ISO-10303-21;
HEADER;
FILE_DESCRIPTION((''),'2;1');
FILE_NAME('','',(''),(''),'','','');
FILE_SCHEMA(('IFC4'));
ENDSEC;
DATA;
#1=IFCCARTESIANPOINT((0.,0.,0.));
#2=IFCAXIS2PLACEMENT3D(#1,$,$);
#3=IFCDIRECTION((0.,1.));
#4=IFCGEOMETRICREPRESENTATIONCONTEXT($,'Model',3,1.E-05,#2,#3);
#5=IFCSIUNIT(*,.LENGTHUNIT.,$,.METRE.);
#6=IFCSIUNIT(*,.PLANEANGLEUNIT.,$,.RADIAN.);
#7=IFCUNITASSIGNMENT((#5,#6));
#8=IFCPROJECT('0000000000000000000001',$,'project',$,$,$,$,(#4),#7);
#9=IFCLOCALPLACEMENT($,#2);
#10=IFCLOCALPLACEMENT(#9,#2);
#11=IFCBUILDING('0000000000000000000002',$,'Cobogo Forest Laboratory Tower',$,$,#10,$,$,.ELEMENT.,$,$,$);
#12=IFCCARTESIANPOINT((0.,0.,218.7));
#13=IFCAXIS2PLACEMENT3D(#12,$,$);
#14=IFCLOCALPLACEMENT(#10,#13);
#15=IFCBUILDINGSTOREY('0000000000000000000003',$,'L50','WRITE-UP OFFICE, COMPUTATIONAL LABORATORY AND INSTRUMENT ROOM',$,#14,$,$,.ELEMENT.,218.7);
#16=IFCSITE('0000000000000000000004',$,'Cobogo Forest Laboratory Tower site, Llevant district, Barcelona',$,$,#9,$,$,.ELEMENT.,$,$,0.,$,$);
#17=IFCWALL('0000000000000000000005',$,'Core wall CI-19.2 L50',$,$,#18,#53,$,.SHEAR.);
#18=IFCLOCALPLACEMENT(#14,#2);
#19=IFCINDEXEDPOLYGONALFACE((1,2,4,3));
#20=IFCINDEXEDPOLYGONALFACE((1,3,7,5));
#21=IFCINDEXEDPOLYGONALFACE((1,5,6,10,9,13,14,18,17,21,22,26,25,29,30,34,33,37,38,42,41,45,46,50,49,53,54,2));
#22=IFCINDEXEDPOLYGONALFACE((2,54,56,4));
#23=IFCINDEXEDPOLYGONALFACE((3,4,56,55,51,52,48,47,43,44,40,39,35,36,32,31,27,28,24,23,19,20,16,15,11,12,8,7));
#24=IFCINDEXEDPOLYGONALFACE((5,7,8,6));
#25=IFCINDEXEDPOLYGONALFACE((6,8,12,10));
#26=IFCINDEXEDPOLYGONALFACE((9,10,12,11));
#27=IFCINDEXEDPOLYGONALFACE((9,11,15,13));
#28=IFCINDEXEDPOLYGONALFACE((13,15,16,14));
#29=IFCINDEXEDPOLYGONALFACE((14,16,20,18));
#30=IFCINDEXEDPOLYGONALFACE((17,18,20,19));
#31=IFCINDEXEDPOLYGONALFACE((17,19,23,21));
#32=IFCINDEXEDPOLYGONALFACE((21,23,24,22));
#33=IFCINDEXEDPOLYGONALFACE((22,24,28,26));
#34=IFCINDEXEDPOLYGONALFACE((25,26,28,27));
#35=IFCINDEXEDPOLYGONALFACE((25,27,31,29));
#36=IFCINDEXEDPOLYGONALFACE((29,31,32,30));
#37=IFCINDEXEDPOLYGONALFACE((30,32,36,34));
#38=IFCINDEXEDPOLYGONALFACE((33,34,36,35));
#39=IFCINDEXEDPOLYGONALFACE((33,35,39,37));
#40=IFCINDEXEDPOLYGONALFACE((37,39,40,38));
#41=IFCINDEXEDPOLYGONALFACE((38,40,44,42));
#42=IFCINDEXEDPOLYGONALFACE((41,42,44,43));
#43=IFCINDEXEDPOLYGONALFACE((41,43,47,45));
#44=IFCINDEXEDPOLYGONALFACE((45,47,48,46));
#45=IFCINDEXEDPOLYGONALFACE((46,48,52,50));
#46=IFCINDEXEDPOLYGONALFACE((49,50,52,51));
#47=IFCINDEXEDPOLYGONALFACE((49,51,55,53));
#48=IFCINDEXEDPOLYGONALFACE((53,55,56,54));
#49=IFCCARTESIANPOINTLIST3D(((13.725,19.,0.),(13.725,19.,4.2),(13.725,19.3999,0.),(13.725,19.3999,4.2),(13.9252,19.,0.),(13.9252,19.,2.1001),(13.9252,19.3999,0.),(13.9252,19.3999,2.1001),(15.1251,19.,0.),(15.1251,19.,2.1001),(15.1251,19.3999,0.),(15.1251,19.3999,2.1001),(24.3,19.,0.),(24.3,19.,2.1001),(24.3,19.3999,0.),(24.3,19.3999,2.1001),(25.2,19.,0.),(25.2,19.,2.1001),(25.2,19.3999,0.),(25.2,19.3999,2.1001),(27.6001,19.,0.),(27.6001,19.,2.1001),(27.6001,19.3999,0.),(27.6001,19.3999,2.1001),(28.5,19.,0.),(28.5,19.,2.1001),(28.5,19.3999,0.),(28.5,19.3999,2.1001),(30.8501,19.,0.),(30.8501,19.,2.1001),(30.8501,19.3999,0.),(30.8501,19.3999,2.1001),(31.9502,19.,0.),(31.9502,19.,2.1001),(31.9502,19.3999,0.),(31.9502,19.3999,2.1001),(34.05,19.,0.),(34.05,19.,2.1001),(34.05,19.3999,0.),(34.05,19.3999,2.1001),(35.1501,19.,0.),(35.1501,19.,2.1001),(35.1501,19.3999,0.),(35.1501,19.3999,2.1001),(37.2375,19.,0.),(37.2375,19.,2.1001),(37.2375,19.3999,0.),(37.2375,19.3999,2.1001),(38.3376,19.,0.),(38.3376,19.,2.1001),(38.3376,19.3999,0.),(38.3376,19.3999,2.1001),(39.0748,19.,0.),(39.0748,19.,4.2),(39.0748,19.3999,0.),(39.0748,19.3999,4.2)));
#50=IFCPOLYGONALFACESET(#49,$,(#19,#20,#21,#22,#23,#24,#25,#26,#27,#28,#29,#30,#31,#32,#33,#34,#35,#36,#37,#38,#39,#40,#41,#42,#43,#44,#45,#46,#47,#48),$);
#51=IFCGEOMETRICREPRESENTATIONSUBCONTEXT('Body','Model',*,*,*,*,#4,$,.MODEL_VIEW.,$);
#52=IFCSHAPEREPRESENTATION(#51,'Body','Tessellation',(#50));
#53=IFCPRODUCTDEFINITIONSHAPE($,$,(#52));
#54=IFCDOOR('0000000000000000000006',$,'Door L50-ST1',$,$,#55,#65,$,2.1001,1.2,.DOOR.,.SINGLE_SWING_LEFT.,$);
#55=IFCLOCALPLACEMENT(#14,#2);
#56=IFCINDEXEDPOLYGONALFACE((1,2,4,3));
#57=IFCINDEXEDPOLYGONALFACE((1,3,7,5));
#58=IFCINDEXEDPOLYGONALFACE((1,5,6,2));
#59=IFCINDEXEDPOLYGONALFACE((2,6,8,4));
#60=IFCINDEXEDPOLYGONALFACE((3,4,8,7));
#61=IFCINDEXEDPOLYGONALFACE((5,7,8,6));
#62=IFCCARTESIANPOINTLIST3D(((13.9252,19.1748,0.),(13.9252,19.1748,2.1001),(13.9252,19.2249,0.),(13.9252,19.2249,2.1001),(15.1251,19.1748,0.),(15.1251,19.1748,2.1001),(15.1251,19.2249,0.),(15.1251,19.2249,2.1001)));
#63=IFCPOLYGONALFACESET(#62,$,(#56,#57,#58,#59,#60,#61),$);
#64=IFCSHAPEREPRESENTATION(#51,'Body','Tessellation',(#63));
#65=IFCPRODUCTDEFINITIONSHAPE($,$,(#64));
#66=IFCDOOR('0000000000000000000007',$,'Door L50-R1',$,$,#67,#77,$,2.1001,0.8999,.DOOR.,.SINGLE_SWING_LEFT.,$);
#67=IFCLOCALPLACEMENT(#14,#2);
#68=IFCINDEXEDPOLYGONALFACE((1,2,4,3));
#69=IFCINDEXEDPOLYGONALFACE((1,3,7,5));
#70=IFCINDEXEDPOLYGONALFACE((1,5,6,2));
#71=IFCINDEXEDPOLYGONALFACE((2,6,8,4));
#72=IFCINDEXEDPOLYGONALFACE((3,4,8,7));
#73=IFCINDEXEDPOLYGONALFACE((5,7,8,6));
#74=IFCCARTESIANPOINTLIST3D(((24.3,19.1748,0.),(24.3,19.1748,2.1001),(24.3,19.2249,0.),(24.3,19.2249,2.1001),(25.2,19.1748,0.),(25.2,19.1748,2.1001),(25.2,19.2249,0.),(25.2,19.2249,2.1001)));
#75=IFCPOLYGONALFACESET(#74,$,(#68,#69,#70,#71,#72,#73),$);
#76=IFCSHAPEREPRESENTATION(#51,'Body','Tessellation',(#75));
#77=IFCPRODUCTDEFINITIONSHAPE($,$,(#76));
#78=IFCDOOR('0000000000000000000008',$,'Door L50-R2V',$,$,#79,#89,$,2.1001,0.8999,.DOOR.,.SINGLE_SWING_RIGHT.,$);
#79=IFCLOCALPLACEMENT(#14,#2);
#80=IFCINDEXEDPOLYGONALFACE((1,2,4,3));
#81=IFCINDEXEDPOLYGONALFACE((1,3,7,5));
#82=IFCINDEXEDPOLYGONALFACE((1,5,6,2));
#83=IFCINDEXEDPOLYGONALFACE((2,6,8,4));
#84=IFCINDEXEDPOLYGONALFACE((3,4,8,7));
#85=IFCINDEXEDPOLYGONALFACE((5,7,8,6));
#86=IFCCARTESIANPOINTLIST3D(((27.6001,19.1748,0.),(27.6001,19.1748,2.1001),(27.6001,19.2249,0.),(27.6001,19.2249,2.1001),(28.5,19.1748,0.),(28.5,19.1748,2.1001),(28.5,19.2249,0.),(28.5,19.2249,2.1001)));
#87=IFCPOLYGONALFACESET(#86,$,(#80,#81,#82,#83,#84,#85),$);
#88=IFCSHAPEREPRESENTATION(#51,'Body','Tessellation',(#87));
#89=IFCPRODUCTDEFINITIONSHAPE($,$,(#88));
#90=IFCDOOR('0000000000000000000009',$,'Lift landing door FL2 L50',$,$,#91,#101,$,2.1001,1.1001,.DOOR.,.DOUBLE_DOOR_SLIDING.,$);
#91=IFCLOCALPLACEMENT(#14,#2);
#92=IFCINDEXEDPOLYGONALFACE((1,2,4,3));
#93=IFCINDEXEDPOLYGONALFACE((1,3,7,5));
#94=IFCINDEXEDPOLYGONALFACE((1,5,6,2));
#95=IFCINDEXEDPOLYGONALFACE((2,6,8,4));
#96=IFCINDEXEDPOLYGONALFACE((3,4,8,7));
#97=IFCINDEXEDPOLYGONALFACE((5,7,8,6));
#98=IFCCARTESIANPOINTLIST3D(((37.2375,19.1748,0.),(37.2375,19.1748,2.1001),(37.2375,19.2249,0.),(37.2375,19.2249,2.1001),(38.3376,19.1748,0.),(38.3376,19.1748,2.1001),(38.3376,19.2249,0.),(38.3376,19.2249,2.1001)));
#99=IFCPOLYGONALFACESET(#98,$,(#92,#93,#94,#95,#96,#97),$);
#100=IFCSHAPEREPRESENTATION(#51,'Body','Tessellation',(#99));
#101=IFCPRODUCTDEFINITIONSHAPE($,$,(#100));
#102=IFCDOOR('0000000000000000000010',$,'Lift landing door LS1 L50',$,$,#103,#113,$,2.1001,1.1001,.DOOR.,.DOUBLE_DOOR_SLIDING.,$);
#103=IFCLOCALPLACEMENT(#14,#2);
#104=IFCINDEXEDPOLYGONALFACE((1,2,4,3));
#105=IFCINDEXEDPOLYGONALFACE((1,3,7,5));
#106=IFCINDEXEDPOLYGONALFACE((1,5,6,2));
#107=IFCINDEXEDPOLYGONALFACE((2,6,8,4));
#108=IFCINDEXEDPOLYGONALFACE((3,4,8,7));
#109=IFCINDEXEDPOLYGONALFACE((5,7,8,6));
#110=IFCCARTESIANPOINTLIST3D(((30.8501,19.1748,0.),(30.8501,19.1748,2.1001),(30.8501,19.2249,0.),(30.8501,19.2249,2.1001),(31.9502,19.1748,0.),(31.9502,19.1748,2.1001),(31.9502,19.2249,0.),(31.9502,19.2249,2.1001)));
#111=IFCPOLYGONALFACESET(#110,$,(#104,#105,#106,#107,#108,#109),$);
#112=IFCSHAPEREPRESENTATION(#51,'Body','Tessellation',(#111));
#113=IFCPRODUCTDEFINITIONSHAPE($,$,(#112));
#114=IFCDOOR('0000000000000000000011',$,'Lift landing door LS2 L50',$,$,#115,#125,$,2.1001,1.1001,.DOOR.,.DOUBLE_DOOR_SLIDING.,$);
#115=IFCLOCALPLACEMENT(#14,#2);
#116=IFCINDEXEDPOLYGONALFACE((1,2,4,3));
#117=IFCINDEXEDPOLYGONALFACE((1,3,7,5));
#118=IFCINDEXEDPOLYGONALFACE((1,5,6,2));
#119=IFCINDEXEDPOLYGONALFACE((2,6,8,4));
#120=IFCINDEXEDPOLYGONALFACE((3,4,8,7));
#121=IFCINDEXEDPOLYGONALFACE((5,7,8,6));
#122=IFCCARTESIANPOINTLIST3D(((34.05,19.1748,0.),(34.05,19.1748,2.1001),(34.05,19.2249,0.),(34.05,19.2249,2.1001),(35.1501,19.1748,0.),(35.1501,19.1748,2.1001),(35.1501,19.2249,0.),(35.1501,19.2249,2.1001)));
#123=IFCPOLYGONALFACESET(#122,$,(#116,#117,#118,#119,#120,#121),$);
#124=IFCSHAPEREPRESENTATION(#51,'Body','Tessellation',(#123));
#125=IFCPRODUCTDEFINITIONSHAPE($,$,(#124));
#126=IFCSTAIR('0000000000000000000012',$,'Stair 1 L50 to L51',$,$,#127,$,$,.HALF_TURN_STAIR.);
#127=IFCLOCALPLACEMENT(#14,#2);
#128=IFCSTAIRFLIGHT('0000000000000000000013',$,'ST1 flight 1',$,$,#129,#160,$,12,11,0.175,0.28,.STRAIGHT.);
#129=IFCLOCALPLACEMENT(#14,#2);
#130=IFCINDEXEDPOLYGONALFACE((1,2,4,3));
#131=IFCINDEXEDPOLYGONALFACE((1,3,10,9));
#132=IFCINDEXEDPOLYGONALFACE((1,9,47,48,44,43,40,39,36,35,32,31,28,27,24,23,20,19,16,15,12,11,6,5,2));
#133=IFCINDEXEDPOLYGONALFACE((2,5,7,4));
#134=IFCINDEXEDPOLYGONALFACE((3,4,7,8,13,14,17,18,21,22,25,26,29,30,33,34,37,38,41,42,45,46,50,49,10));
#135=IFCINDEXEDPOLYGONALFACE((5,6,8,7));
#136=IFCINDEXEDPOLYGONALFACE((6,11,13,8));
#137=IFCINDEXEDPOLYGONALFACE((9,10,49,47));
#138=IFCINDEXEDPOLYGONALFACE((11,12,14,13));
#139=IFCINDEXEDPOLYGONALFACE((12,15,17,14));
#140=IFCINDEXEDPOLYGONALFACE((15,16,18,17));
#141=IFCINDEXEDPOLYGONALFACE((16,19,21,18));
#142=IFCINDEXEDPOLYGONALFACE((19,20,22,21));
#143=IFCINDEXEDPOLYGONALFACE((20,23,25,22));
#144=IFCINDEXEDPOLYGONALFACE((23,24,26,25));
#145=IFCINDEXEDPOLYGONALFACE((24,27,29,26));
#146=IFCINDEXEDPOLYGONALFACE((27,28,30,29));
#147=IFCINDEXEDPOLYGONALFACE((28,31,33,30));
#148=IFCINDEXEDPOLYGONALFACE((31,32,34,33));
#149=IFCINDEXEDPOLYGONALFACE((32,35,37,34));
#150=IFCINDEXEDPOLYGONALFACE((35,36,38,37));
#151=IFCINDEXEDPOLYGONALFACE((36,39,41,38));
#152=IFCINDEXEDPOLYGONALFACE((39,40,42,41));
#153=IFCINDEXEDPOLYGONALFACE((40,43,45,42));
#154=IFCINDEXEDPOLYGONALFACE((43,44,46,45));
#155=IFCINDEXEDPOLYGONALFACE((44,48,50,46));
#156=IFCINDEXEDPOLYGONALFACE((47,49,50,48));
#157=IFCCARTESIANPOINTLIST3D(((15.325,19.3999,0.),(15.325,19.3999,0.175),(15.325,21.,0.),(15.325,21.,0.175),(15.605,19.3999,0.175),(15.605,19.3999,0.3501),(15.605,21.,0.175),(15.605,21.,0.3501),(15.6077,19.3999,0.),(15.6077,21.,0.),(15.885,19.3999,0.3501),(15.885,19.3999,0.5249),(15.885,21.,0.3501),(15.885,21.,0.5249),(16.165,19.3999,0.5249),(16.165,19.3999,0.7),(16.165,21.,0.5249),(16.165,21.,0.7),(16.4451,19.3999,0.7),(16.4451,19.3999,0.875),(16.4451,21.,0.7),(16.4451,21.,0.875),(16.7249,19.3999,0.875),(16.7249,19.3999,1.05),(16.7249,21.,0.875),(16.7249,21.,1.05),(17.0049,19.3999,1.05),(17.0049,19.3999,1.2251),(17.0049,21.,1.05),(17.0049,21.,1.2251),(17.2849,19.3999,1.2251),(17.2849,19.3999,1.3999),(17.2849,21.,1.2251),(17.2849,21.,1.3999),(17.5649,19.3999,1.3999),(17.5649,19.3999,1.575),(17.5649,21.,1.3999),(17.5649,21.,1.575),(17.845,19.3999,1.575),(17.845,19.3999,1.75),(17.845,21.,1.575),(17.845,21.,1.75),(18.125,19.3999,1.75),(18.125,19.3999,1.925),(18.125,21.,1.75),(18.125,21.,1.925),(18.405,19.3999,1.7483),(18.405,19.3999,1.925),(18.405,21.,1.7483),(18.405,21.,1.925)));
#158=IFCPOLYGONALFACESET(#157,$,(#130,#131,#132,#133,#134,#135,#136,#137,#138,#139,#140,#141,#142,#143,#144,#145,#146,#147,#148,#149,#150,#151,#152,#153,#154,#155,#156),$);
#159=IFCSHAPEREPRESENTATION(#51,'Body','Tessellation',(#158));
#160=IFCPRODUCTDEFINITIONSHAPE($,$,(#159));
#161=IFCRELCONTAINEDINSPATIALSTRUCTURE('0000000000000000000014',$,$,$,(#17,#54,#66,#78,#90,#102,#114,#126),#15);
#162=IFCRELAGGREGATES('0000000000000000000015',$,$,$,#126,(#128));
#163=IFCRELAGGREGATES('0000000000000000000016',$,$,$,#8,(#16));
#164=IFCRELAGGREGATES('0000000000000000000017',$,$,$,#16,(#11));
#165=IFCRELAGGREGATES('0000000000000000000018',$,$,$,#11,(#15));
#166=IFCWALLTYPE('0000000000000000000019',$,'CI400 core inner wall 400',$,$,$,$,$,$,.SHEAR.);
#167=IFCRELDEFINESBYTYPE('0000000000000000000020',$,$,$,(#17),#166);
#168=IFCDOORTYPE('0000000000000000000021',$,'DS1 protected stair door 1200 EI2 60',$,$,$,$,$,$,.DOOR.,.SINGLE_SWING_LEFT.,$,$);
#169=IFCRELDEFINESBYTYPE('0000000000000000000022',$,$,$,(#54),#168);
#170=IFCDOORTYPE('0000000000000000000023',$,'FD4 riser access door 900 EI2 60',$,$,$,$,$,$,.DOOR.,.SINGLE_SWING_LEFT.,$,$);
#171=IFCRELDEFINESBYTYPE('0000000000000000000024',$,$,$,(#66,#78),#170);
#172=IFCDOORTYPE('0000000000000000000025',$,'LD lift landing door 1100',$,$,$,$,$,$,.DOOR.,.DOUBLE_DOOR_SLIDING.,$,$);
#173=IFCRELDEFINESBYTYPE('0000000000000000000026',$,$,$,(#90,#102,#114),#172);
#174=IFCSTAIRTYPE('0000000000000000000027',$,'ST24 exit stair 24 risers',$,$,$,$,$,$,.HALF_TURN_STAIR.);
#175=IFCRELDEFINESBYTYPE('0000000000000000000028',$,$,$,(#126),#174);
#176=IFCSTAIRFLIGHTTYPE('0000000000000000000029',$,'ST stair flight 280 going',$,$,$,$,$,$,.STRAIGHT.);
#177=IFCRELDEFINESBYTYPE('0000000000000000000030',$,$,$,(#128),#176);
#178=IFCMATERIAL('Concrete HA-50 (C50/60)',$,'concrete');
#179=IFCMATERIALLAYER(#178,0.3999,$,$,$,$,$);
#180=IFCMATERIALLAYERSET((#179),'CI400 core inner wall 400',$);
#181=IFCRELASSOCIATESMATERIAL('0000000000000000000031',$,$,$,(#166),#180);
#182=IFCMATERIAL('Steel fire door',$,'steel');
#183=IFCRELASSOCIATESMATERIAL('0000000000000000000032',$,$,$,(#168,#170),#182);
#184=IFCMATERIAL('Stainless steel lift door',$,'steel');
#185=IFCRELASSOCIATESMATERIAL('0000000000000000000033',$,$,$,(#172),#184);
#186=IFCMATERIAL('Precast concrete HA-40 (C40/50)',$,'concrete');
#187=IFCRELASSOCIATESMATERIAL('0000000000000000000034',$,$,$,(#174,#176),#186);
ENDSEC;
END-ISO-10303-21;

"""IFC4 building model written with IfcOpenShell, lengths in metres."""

from ifc_helpers import new_model, si_unit, direction, frame, frame_2d, origin, place, context, subcontext, project, spatial, polyline, rectangle, outline, extrude, material, layer, layer_set, type_object, element, fill, aggregate, save


model = new_model("IFC4")

# Units and contexts
model_context = context("Model", 3, precision=1e-05, world=origin(), true_north=direction((0.0, 1.0)))
body_context = subcontext(model_context, "Body", "Model", "MODEL_VIEW")
ifc_project = project(units=[si_unit("LENGTHUNIT", "METRE"), si_unit("PLANEANGLEUNIT", "RADIAN")], contexts=[model_context])

# Site, building, storey
site_placement = place(None, origin())
site = spatial("IfcSite", under=ifc_project, at=site_placement, Name="Cobogo Forest Laboratory Tower site, Llevant district, Barcelona", CompositionType="ELEMENT", RefElevation=0.0)
building_placement = place(site_placement, origin())
building = spatial("IfcBuilding", under=site, at=building_placement, Name="Cobogo Forest Laboratory Tower", CompositionType="ELEMENT")
storey_placement = place(building_placement, frame((0.0, 0.0, 218.7)))
storey = spatial("IfcBuildingStorey", under=building, at=storey_placement, Name="L50", Description="WRITE-UP OFFICE, COMPUTATIONAL LABORATORY AND INSTRUMENT ROOM", CompositionType="ELEMENT", Elevation=218.7)

# Shared definitions
ifc_material_1 = material(Name="Concrete HA-50 (C50/60)", Category="concrete")

# Wall, openings, doors
ifc_layer = layer(ifc_material_1, 0.3999)
ifc_layer_set = layer_set([ifc_layer], Name="CI400 core inner wall 400")
wall_type = type_object("IfcWallType", Name="CI400 core inner wall 400", PredefinedType="SHEAR", material=ifc_layer_set)
ifc_material_2 = material(Name="Steel fire door", Category="steel")
wall_1_placement = place(storey_placement, frame((13.7251, 19.2, 0.0), z_axis=(0.0, 0.0, 1.0), x_axis=(1.0, 0.0, 0.0)))
wall_1 = element("IfcWall", 1, at=wall_1_placement, inside=storey, type_object=wall_type, Name="Core wall CI-19.2 L50", PredefinedType="SHEAR", context=body_context, shape_type="SweptSolid", body=[
    extrude(rectangle(XDim=25.3499, YDim=0.3999, at=frame_2d((12.6748, 0.0))), origin(), (0.0, 0.0, 1.0), 4.2),
])
opening_1_placement = place(wall_1_placement, frame((10.575, 0.0, 0.0)))
opening_1 = element("IfcOpeningElement", 2, at=opening_1_placement, cuts=wall_1, PredefinedType="OPENING", context=body_context, shape_type="SweptSolid", body=[
    extrude(rectangle(XDim=0.8999, YDim=2.1001, at=frame_2d((0.45, 1.05))), frame((0.0, 0.21, 0.0), z_axis=(0.0, -1.0, 0.0), x_axis=(1.0, 0.0, 0.0)), (0.0, 0.0, 1.0), 0.4199),
])
opening_2_placement = place(wall_1_placement, frame((13.875, 0.0, 0.0)))
opening_2 = element("IfcOpeningElement", 3, at=opening_2_placement, cuts=wall_1, PredefinedType="OPENING", context=body_context, shape_type="SweptSolid", body=[
    extrude(rectangle(XDim=0.8999, YDim=2.1001, at=frame_2d((0.45, 1.05))), frame((0.0, 0.21, 0.0), z_axis=(0.0, -1.0, 0.0), x_axis=(1.0, 0.0, 0.0)), (0.0, 0.0, 1.0), 0.4199),
])
opening_3_placement = place(wall_1_placement, frame((0.2, 0.0, 0.0)))
opening_3 = element("IfcOpeningElement", 4, at=opening_3_placement, cuts=wall_1, PredefinedType="OPENING", context=body_context, shape_type="SweptSolid", body=[
    extrude(rectangle(XDim=1.2, YDim=2.1001, at=frame_2d((0.6001, 1.05))), frame((0.0, 0.21, 0.0), z_axis=(0.0, -1.0, 0.0), x_axis=(1.0, 0.0, 0.0)), (0.0, 0.0, 1.0), 0.4199),
])
opening_4_placement = place(wall_1_placement, frame((23.5125, 0.0, 0.0)))
opening_4 = element("IfcOpeningElement", 5, at=opening_4_placement, cuts=wall_1, PredefinedType="OPENING", context=body_context, shape_type="SweptSolid", body=[
    extrude(rectangle(XDim=1.1001, YDim=2.1001, at=frame_2d((0.55, 1.05))), frame((0.0, 0.21, 0.0), z_axis=(0.0, -1.0, 0.0), x_axis=(1.0, 0.0, 0.0)), (0.0, 0.0, 1.0), 0.4199),
])
opening_5_placement = place(wall_1_placement, frame((17.125, 0.0, 0.0)))
opening_5 = element("IfcOpeningElement", 6, at=opening_5_placement, cuts=wall_1, PredefinedType="OPENING", context=body_context, shape_type="SweptSolid", body=[
    extrude(rectangle(XDim=1.1001, YDim=2.1001, at=frame_2d((0.55, 1.05))), frame((0.0, 0.21, 0.0), z_axis=(0.0, -1.0, 0.0), x_axis=(1.0, 0.0, 0.0)), (0.0, 0.0, 1.0), 0.4199),
])
opening_6_placement = place(wall_1_placement, frame((20.325, 0.0, 0.0)))
opening_6 = element("IfcOpeningElement", 7, at=opening_6_placement, cuts=wall_1, PredefinedType="OPENING", context=body_context, shape_type="SweptSolid", body=[
    extrude(rectangle(XDim=1.1001, YDim=2.1001, at=frame_2d((0.55, 1.05))), frame((0.0, 0.21, 0.0), z_axis=(0.0, -1.0, 0.0), x_axis=(1.0, 0.0, 0.0)), (0.0, 0.0, 1.0), 0.4199),
])
door_type_1 = type_object("IfcDoorType", Name="DS1 protected stair door 1200 EI2 60", OperationType="SINGLE_SWING_LEFT", PredefinedType="DOOR", material=ifc_material_2)
door_1_placement = place(opening_3_placement, origin())
door_1 = element("IfcDoor", 8, at=door_1_placement, inside=storey, type_object=door_type_1, Name="Door L50-ST1", OperationType="SINGLE_SWING_LEFT", OverallHeight=2.1001, OverallWidth=1.2, PredefinedType="DOOR", context=body_context, shape_type="SweptSolid", body=[
    extrude(rectangle(XDim=1.2, YDim=2.1001, at=frame_2d((0.6001, 1.05))), frame((0.0, 0.0249, 0.0), z_axis=(0.0, -1.0, 0.0), x_axis=(1.0, 0.0, 0.0)), (0.0, 0.0, 1.0), 0.05),
])
fill(opening_3, door_1)
door_type_2 = type_object("IfcDoorType", Name="FD4 riser access door 900 EI2 60", OperationType="SINGLE_SWING_LEFT", PredefinedType="DOOR", material=ifc_material_2)
door_2_placement = place(opening_1_placement, origin())
door_2 = element("IfcDoor", 9, at=door_2_placement, inside=storey, type_object=door_type_2, Name="Door L50-R1", OperationType="SINGLE_SWING_LEFT", OverallHeight=2.1001, OverallWidth=0.8999, PredefinedType="DOOR", context=body_context, shape_type="SweptSolid", body=[
    extrude(rectangle(XDim=0.8999, YDim=2.1001, at=frame_2d((0.45, 1.05))), frame((0.0, 0.0249, 0.0), z_axis=(0.0, -1.0, 0.0), x_axis=(1.0, 0.0, 0.0)), (0.0, 0.0, 1.0), 0.05),
])
fill(opening_1, door_2)
door_3_placement = place(opening_2_placement, origin())
door_3 = element("IfcDoor", 10, at=door_3_placement, inside=storey, type_object=door_type_2, Name="Door L50-R2V", OperationType="SINGLE_SWING_RIGHT", OverallHeight=2.1001, OverallWidth=0.8999, PredefinedType="DOOR", context=body_context, shape_type="SweptSolid", body=[
    extrude(rectangle(XDim=0.8999, YDim=2.1001, at=frame_2d((0.45, 1.05))), frame((0.0, 0.0249, 0.0), z_axis=(0.0, -1.0, 0.0), x_axis=(1.0, 0.0, 0.0)), (0.0, 0.0, 1.0), 0.05),
])
fill(opening_2, door_3)
ifc_material_3 = material(Name="Stainless steel lift door", Category="steel")
door_type_3 = type_object("IfcDoorType", Name="LD lift landing door 1100", OperationType="DOUBLE_DOOR_SLIDING", PredefinedType="DOOR", material=ifc_material_3)
door_4_placement = place(opening_4_placement, origin())
door_4 = element("IfcDoor", 11, at=door_4_placement, inside=storey, type_object=door_type_3, Name="Lift landing door FL2 L50", OperationType="DOUBLE_DOOR_SLIDING", OverallHeight=2.1001, OverallWidth=1.1001, PredefinedType="DOOR", context=body_context, shape_type="SweptSolid", body=[
    extrude(rectangle(XDim=1.1001, YDim=2.1001, at=frame_2d((0.55, 1.05))), frame((0.0, 0.0249, 0.0), z_axis=(0.0, -1.0, 0.0), x_axis=(1.0, 0.0, 0.0)), (0.0, 0.0, 1.0), 0.05),
])
fill(opening_4, door_4)
door_5_placement = place(opening_5_placement, origin())
door_5 = element("IfcDoor", 12, at=door_5_placement, inside=storey, type_object=door_type_3, Name="Lift landing door LS1 L50", OperationType="DOUBLE_DOOR_SLIDING", OverallHeight=2.1001, OverallWidth=1.1001, PredefinedType="DOOR", context=body_context, shape_type="SweptSolid", body=[
    extrude(rectangle(XDim=1.1001, YDim=2.1001, at=frame_2d((0.55, 1.05))), frame((0.0, 0.0249, 0.0), z_axis=(0.0, -1.0, 0.0), x_axis=(1.0, 0.0, 0.0)), (0.0, 0.0, 1.0), 0.05),
])
fill(opening_5, door_5)
door_6_placement = place(opening_6_placement, origin())
door_6 = element("IfcDoor", 13, at=door_6_placement, inside=storey, type_object=door_type_3, Name="Lift landing door LS2 L50", OperationType="DOUBLE_DOOR_SLIDING", OverallHeight=2.1001, OverallWidth=1.1001, PredefinedType="DOOR", context=body_context, shape_type="SweptSolid", body=[
    extrude(rectangle(XDim=1.1001, YDim=2.1001, at=frame_2d((0.55, 1.05))), frame((0.0, 0.0249, 0.0), z_axis=(0.0, -1.0, 0.0), x_axis=(1.0, 0.0, 0.0)), (0.0, 0.0, 1.0), 0.05),
])
fill(opening_6, door_6)

# Stair, stair flight
ifc_material_4 = material(Name="Precast concrete HA-40 (C40/50)", Category="concrete")
stair_type = type_object("IfcStairType", Name="ST24 exit stair 24 risers", PredefinedType="HALF_TURN_STAIR", material=ifc_material_4)
stair_placement = place(storey_placement, origin())
stair = element("IfcStair", 14, at=stair_placement, inside=storey, type_object=stair_type, Name="Stair 1 L50 to L51", PredefinedType="HALF_TURN_STAIR")
stair_flight_type = type_object("IfcStairFlightType", Name="ST stair flight 280 going", PredefinedType="STRAIGHT", material=ifc_material_4)
stair_flight_placement = place(storey_placement, frame((15.325, 20.2, 0.0), z_axis=(0.0, 0.0, 1.0), x_axis=(1.0, 0.0, 0.0)))
stair_flight = element("IfcStairFlight", 15, at=stair_flight_placement, type_object=stair_flight_type, Name="ST1 flight 1", NumberOfRisers=12, NumberOfTreads=11, PredefinedType="STRAIGHT", RiserHeight=0.175, TreadLength=0.28, context=body_context, shape_type="SweptSolid", body=[
    extrude(outline(polyline([(0.0, 0.0), (0.0, 0.175), (0.28, 0.175), (0.28, 0.3501), (0.5601, 0.3501), (0.5601, 0.5249), (0.8401, 0.5249), (0.8401, 0.7), (1.1201, 0.7), (1.1201, 0.875), (1.3999, 0.875), (1.3999, 1.05), (1.6799, 1.05), (1.6799, 1.2251), (1.96, 1.2251), (1.96, 1.3999), (2.24, 1.3999), (2.24, 1.575), (2.52, 1.575), (2.52, 1.75), (2.8, 1.75), (2.8, 1.925), (3.0801, 1.925), (3.0801, 2.1001), (3.0801, 1.7483), (0.2827, 0.0), (0.0, 0.0)])), frame((0.0, 0.8, 0.0), z_axis=(0.0, -1.0, 0.0), x_axis=(1.0, 0.0, 0.0)), (0.0, 0.0, 1.0), 1.6001),
])
aggregate(stair, [stair_flight])

save(model, "model.ifc")
